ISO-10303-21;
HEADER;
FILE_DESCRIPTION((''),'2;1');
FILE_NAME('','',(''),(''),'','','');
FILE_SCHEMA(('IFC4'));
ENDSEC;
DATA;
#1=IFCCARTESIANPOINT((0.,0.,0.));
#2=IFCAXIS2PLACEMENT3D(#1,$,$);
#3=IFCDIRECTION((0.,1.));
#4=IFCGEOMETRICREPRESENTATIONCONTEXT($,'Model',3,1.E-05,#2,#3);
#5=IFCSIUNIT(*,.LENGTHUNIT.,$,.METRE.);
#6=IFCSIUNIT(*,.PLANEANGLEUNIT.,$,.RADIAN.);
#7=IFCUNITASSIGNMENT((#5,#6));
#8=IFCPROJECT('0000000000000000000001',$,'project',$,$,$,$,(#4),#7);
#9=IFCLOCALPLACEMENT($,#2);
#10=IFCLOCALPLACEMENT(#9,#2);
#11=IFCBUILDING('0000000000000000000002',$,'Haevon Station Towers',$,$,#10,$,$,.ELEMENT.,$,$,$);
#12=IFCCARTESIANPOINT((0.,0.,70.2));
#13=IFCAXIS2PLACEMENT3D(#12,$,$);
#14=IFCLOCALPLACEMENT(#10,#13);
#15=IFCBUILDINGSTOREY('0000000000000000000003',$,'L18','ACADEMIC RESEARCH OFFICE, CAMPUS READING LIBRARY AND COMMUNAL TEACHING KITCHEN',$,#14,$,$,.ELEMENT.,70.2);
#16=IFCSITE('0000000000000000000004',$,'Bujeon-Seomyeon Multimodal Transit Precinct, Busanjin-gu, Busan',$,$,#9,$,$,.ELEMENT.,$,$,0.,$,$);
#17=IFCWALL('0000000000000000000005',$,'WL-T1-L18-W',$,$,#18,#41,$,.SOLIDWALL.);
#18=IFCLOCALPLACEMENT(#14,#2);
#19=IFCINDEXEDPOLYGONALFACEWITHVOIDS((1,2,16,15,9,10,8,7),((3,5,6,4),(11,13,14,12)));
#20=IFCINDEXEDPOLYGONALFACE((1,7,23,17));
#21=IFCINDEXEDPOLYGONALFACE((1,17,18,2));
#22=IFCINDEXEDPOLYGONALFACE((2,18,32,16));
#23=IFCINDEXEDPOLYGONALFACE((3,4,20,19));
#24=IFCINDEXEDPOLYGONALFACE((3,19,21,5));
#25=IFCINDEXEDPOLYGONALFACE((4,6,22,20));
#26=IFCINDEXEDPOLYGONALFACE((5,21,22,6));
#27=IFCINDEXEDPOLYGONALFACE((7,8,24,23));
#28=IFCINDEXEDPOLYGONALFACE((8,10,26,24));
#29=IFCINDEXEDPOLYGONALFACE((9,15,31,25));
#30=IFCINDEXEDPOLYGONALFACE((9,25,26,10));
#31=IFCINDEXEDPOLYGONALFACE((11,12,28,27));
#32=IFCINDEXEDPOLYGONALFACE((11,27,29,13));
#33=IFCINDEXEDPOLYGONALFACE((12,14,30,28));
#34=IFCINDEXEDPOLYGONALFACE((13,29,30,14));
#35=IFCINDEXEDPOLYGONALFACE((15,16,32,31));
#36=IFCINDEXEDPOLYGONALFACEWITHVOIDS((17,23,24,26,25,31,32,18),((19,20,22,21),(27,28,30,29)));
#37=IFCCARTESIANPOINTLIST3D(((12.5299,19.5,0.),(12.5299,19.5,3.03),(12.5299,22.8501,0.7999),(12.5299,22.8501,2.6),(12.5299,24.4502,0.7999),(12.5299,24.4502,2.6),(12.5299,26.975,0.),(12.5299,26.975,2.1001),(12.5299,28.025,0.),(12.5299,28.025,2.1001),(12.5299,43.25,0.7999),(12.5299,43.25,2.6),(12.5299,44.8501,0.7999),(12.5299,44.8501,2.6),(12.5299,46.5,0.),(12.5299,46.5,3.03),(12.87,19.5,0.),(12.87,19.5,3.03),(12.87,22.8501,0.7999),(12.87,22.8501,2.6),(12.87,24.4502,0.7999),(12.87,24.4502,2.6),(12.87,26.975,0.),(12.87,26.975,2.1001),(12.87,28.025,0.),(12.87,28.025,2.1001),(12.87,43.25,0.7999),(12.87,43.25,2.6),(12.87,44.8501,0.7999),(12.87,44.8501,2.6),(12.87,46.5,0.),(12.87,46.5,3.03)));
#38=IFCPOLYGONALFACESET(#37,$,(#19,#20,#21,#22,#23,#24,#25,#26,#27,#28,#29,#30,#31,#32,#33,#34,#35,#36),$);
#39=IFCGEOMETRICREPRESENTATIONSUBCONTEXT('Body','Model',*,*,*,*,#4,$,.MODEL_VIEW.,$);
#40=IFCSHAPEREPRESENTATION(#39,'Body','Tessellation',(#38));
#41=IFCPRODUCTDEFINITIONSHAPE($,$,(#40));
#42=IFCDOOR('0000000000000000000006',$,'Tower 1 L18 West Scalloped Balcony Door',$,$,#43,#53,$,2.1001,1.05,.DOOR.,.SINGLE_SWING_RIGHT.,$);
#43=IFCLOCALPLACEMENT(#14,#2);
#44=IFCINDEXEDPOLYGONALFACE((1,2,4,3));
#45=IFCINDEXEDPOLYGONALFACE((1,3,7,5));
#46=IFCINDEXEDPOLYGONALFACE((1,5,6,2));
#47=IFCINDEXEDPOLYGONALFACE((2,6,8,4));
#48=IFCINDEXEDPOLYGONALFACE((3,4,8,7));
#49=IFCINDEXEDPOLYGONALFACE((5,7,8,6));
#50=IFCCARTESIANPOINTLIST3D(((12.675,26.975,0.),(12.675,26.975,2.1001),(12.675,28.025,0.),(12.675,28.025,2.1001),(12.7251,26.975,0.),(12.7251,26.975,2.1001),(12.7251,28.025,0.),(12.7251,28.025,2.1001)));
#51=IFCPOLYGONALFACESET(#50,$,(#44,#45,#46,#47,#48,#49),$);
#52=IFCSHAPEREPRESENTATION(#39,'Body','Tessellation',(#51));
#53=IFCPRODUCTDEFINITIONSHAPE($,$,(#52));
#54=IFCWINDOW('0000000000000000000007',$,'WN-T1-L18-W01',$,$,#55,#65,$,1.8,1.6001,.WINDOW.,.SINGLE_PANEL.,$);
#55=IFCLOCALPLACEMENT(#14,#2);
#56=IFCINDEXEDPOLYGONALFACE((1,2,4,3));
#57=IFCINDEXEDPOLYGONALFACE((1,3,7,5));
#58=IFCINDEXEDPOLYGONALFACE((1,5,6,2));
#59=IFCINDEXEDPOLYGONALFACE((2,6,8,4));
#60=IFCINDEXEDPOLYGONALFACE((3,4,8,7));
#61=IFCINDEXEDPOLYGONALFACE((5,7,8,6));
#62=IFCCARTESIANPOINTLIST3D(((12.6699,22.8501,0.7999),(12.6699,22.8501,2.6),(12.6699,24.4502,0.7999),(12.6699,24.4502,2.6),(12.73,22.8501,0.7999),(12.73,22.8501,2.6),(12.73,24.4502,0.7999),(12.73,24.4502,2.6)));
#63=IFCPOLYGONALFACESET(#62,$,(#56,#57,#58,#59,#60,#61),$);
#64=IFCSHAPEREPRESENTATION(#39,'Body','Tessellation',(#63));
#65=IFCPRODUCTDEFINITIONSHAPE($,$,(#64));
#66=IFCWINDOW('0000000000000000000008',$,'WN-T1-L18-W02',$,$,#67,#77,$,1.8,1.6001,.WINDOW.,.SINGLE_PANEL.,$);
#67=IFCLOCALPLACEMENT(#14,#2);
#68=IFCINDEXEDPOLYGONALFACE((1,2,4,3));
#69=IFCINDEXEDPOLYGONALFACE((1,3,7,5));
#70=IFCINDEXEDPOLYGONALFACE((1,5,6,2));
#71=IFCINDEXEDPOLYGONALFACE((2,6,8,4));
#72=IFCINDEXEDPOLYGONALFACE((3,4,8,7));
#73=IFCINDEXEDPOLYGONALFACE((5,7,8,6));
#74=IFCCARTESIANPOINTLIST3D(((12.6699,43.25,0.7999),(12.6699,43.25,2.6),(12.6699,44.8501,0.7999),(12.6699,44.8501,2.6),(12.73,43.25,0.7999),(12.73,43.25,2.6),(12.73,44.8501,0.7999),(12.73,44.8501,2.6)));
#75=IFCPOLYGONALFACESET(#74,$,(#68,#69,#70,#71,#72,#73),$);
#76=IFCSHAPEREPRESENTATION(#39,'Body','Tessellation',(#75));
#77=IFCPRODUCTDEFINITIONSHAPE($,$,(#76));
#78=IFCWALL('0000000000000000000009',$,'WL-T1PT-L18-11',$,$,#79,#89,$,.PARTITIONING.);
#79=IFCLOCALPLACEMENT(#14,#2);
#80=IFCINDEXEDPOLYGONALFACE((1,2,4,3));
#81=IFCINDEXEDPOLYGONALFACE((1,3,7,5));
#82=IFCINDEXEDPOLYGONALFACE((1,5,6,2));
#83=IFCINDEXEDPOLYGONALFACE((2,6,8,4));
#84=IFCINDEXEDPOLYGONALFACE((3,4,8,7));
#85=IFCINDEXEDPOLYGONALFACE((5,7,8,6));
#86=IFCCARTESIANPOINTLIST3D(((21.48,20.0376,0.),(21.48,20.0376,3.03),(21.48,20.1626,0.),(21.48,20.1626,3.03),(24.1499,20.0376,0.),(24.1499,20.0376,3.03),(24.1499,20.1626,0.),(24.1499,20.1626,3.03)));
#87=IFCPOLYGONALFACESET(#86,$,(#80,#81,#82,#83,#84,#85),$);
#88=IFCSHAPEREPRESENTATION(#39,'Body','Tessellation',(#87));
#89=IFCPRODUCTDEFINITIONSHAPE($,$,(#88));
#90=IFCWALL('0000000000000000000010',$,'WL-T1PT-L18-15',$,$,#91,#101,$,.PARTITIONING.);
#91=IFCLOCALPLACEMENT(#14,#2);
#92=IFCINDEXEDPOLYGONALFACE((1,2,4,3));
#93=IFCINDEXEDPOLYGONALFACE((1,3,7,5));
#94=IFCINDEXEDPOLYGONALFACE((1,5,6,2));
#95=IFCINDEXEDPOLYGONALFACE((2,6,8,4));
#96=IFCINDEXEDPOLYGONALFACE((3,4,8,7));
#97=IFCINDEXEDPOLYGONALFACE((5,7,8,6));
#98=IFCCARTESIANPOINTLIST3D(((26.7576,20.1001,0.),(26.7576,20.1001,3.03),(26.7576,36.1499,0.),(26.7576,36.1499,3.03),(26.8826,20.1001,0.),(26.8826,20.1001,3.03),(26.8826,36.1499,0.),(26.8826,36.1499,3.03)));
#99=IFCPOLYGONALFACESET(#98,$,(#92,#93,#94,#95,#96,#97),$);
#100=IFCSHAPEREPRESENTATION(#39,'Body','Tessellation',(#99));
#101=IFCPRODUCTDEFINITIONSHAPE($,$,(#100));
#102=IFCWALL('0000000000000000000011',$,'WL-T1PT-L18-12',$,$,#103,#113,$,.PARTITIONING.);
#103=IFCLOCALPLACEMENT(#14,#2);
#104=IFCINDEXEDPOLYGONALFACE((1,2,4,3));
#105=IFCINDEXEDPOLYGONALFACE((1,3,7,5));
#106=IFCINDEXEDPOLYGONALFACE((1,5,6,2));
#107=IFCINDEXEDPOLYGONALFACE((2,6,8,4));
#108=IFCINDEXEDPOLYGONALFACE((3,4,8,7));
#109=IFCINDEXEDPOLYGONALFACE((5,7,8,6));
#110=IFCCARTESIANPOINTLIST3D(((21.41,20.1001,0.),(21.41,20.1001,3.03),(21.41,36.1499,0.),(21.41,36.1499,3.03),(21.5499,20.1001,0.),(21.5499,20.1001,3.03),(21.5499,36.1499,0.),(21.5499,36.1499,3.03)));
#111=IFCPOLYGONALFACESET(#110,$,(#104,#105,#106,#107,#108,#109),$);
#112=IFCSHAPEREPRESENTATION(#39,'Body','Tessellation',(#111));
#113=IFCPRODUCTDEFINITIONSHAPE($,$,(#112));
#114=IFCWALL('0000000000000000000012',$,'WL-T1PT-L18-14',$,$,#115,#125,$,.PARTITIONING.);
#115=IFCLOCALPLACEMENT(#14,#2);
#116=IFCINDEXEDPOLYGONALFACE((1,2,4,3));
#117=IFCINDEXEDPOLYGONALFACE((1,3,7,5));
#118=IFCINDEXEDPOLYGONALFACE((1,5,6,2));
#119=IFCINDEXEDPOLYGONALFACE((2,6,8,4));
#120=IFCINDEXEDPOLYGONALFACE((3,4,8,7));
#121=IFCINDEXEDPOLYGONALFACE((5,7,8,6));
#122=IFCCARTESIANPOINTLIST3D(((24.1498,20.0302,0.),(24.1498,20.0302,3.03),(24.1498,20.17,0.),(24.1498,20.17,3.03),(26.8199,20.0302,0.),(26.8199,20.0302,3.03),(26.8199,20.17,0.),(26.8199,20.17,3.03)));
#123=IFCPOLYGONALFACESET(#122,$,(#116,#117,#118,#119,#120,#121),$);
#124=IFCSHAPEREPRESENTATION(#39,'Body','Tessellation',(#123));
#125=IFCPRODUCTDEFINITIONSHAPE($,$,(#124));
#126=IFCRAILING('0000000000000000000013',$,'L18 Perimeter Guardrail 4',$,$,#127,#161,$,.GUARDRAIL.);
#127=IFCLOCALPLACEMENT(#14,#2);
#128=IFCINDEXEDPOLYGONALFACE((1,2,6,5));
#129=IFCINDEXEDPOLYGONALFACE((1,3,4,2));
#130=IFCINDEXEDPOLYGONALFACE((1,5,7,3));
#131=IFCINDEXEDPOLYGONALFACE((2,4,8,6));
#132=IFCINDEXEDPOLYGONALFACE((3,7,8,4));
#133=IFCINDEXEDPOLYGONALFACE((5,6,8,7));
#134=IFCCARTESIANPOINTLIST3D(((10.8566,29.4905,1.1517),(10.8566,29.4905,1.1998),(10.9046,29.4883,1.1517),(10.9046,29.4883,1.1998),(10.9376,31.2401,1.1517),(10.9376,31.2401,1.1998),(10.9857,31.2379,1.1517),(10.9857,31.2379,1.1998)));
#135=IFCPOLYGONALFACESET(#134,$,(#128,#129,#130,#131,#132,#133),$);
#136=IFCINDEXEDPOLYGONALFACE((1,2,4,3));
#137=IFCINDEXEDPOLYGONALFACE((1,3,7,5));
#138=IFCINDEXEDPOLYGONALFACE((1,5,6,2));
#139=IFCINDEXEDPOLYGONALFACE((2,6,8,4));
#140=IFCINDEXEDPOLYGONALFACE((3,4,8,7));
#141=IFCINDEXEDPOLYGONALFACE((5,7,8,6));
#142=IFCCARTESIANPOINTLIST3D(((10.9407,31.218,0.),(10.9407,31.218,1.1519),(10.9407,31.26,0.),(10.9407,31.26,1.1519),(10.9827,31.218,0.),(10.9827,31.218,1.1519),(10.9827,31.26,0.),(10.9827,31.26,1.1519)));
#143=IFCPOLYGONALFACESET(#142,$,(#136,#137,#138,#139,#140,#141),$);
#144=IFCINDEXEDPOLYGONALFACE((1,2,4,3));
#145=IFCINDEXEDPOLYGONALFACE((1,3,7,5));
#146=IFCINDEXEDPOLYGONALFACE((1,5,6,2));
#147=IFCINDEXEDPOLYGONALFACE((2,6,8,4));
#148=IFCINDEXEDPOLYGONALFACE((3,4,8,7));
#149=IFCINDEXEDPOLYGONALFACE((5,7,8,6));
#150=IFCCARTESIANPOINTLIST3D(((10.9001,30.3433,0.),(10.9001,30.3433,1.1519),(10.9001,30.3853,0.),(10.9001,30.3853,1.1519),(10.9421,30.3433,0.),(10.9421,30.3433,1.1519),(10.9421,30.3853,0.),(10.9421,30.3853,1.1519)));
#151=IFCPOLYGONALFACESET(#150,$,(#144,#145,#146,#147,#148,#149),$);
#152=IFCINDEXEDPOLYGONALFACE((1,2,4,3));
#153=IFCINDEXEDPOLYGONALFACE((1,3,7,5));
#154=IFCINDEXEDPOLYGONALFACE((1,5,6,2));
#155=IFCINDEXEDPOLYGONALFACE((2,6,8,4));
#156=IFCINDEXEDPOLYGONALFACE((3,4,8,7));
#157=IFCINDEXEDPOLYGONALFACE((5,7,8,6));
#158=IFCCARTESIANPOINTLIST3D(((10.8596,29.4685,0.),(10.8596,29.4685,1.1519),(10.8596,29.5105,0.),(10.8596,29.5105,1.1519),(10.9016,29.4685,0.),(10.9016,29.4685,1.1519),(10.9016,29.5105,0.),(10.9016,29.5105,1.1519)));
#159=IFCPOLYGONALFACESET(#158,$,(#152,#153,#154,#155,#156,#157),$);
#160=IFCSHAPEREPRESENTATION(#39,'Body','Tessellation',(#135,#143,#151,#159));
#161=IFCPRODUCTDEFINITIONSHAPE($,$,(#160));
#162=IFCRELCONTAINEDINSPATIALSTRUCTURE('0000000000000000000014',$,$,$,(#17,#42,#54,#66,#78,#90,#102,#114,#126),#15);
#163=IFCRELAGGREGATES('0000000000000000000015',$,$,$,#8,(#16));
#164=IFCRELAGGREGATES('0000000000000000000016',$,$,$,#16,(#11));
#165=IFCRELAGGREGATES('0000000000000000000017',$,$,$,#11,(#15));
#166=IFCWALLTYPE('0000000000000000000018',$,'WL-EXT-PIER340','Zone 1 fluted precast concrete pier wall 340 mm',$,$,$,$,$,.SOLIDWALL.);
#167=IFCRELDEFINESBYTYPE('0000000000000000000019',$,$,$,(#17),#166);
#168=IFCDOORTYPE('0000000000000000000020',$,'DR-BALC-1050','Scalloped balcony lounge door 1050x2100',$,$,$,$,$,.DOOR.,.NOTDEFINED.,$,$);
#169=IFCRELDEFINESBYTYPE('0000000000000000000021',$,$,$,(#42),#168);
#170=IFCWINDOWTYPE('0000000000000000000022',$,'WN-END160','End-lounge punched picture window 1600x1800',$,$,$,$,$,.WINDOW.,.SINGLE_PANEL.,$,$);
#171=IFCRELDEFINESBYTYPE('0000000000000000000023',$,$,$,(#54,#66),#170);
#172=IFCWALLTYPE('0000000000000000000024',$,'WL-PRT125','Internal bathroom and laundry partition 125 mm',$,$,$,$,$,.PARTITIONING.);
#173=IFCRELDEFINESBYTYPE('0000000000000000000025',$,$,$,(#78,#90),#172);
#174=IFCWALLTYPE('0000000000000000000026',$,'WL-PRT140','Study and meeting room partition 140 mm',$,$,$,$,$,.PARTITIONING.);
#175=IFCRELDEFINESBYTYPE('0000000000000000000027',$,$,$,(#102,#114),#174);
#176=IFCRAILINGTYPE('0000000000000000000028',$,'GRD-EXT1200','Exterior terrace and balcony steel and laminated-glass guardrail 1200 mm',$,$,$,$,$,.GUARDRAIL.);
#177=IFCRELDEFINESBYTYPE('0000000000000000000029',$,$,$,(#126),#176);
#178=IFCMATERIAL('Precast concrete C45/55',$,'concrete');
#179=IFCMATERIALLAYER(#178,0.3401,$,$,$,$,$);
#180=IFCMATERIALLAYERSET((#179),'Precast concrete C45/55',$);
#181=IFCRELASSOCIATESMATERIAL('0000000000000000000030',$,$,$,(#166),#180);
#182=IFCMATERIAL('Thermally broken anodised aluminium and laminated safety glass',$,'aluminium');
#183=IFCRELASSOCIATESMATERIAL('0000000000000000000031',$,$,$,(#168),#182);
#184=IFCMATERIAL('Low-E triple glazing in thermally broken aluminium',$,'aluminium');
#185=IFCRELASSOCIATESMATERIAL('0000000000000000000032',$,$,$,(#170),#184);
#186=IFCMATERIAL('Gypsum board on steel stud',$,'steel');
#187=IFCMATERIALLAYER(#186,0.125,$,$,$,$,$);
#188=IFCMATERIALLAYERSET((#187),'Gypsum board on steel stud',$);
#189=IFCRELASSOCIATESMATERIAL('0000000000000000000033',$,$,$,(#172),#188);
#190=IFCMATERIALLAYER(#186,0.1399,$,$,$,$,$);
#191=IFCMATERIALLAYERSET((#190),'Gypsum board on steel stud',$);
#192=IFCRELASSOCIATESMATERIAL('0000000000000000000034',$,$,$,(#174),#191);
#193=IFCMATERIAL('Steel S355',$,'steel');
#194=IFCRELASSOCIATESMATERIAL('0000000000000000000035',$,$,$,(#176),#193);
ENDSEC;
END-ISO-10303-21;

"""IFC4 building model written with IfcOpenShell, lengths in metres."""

from ifc_helpers import new_model, si_unit, direction, frame, frame_2d, origin, origin_2d, place, context, subcontext, project, spatial, rectangle, extrude, material, layer, layer_set, type_object, element, fill, save


model = new_model("IFC4")

# Units and contexts
model_context = context("Model", 3, precision=1e-05, world=origin(), true_north=direction((0.0, 1.0)))
body_context = subcontext(model_context, "Body", "Model", "MODEL_VIEW")
ifc_project = project(units=[si_unit("LENGTHUNIT", "METRE"), si_unit("PLANEANGLEUNIT", "RADIAN")], contexts=[model_context])

# Site, building, storey
site_placement = place(None, origin())
site = spatial("IfcSite", under=ifc_project, at=site_placement, Name="Bujeon-Seomyeon Multimodal Transit Precinct, Busanjin-gu, Busan", CompositionType="ELEMENT", RefElevation=0.0)
building_placement = place(site_placement, origin())
building = spatial("IfcBuilding", under=site, at=building_placement, Name="Haevon Station Towers", CompositionType="ELEMENT")
storey_placement = place(building_placement, frame((0.0, 0.0, 70.2)))
storey = spatial("IfcBuildingStorey", under=building, at=storey_placement, Name="L18", Description="ACADEMIC RESEARCH OFFICE, CAMPUS READING LIBRARY AND COMMUNAL TEACHING KITCHEN", CompositionType="ELEMENT", Elevation=70.2)

# Shared definitions
ifc_material_1 = material(Name="Steel S355", Category="steel")

# Wall, openings, door, windows
ifc_material_2 = material(Name="Precast concrete C45/55", Category="concrete")
ifc_layer_1 = layer(ifc_material_2, 0.3401)
ifc_layer_set_1 = layer_set([ifc_layer_1], Name="Precast concrete C45/55")
wall_type_1 = type_object("IfcWallType", Name="WL-EXT-PIER340", Description="Zone 1 fluted precast concrete pier wall 340 mm", PredefinedType="SOLIDWALL", material=ifc_layer_set_1)
wall_1_placement = place(storey_placement, frame((12.7, 19.5, 0.0), z_axis=(0.0, 0.0, 1.0), x_axis=(0.0, 1.0, 0.0)))
wall_1 = element("IfcWall", 1, at=wall_1_placement, inside=storey, type_object=wall_type_1, Name="WL-T1-L18-W", PredefinedType="SOLIDWALL", context=body_context, shape_type="SweptSolid", body=[
    extrude(rectangle(XDim=27.0, YDim=0.3401, at=frame_2d((13.5, 0.0))), origin(), (0.0, 0.0, 1.0), 3.03),
])
opening_1_placement = place(wall_1_placement, frame((7.4751, 0.0, 0.0)))
opening_1 = element("IfcOpeningElement", 2, at=opening_1_placement, cuts=wall_1, PredefinedType="OPENING", context=body_context, shape_type="SweptSolid", body=[
    extrude(rectangle(XDim=1.05, YDim=2.1001, at=frame_2d((0.5249, 1.05))), frame((0.0, 0.1799, 0.0), z_axis=(0.0, -1.0, 0.0), x_axis=(1.0, 0.0, 0.0)), (0.0, 0.0, 1.0), 0.3601),
])
opening_2_placement = place(wall_1_placement, frame((3.3501, 0.0, 0.8)))
opening_2 = element("IfcOpeningElement", 3, at=opening_2_placement, cuts=wall_1, PredefinedType="OPENING", context=body_context, shape_type="SweptSolid", body=[
    extrude(rectangle(XDim=1.6001, YDim=1.8, at=frame_2d((0.8, 0.8999))), frame((0.0, 0.1799, 0.0), z_axis=(0.0, -1.0, 0.0), x_axis=(1.0, 0.0, 0.0)), (0.0, 0.0, 1.0), 0.3601),
])
opening_3_placement = place(wall_1_placement, frame((23.75, 0.0, 0.8)))
opening_3 = element("IfcOpeningElement", 4, at=opening_3_placement, cuts=wall_1, PredefinedType="OPENING", context=body_context, shape_type="SweptSolid", body=[
    extrude(rectangle(XDim=1.6001, YDim=1.8, at=frame_2d((0.8, 0.8999))), frame((0.0, 0.1799, 0.0), z_axis=(0.0, -1.0, 0.0), x_axis=(1.0, 0.0, 0.0)), (0.0, 0.0, 1.0), 0.3601),
])
ifc_material_3 = material(Name="Thermally broken anodised aluminium and laminated safety glass", Category="aluminium")
door_type = type_object("IfcDoorType", Name="DR-BALC-1050", Description="Scalloped balcony lounge door 1050x2100", OperationType="NOTDEFINED", PredefinedType="DOOR", material=ifc_material_3)
door_placement = place(opening_1_placement, origin())
door = element("IfcDoor", 5, at=door_placement, inside=storey, type_object=door_type, Name="Tower 1 L18 West Scalloped Balcony Door", OperationType="SINGLE_SWING_RIGHT", OverallHeight=2.1001, OverallWidth=1.05, PredefinedType="DOOR", context=body_context, shape_type="SweptSolid", body=[
    extrude(rectangle(XDim=1.05, YDim=2.1001, at=frame_2d((0.5249, 1.05))), frame((0.0, 0.0249, 0.0), z_axis=(0.0, -1.0, 0.0), x_axis=(1.0, 0.0, 0.0)), (0.0, 0.0, 1.0), 0.05),
])
fill(opening_1, door)
ifc_material_4 = material(Name="Low-E triple glazing in thermally broken aluminium", Category="aluminium")
window_type = type_object("IfcWindowType", Name="WN-END160", Description="End-lounge punched picture window 1600x1800", PartitioningType="SINGLE_PANEL", PredefinedType="WINDOW", material=ifc_material_4)
window_1_placement = place(opening_2_placement, origin())
window_1 = element("IfcWindow", 6, at=window_1_placement, inside=storey, type_object=window_type, Name="WN-T1-L18-W01", OverallHeight=1.8, OverallWidth=1.6001, PartitioningType="SINGLE_PANEL", PredefinedType="WINDOW", context=body_context, shape_type="SweptSolid", body=[
    extrude(rectangle(XDim=1.6001, YDim=1.8, at=frame_2d((0.8, 0.8999))), frame((0.0, 0.03, 0.0), z_axis=(0.0, -1.0, 0.0), x_axis=(1.0, 0.0, 0.0)), (0.0, 0.0, 1.0), 0.0601),
])
fill(opening_2, window_1)
window_2_placement = place(opening_3_placement, origin())
window_2 = element("IfcWindow", 7, at=window_2_placement, inside=storey, type_object=window_type, Name="WN-T1-L18-W02", OverallHeight=1.8, OverallWidth=1.6001, PartitioningType="SINGLE_PANEL", PredefinedType="WINDOW", context=body_context, shape_type="SweptSolid", body=[
    extrude(rectangle(XDim=1.6001, YDim=1.8, at=frame_2d((0.8, 0.8999))), frame((0.0, 0.03, 0.0), z_axis=(0.0, -1.0, 0.0), x_axis=(1.0, 0.0, 0.0)), (0.0, 0.0, 1.0), 0.0601),
])
fill(opening_3, window_2)

# Walls
ifc_material_5 = material(Name="Gypsum board on steel stud", Category="steel")
ifc_layer_2 = layer(ifc_material_5, 0.125)
ifc_layer_set_2 = layer_set([ifc_layer_2], Name="Gypsum board on steel stud")
wall_type_2 = type_object("IfcWallType", Name="WL-PRT125", Description="Internal bathroom and laundry partition 125 mm", PredefinedType="PARTITIONING", material=ifc_layer_set_2)
wall_2_placement = place(storey_placement, frame((21.48, 20.1001, 0.0), z_axis=(0.0, 0.0, 1.0), x_axis=(1.0, 0.0, 0.0)))
element("IfcWall", 8, at=wall_2_placement, inside=storey, type_object=wall_type_2, Name="WL-T1PT-L18-11", PredefinedType="PARTITIONING", context=body_context, shape_type="SweptSolid", body=[
    extrude(rectangle(XDim=2.6699, YDim=0.125, at=frame_2d((1.335, 0.0))), origin(), (0.0, 0.0, 1.0), 3.03),
])
wall_3_placement = place(storey_placement, frame((26.8201, 20.1001, 0.0), z_axis=(0.0, 0.0, 1.0), x_axis=(0.0, 1.0, 0.0)))
element("IfcWall", 9, at=wall_3_placement, inside=storey, type_object=wall_type_2, Name="WL-T1PT-L18-15", PredefinedType="PARTITIONING", context=body_context, shape_type="SweptSolid", body=[
    extrude(rectangle(XDim=16.0498, YDim=0.125, at=frame_2d((8.0249, 0.0))), origin(), (0.0, 0.0, 1.0), 3.03),
])
ifc_layer_3 = layer(ifc_material_5, 0.1399)
ifc_layer_set_3 = layer_set([ifc_layer_3], Name="Gypsum board on steel stud")
wall_type_3 = type_object("IfcWallType", Name="WL-PRT140", Description="Study and meeting room partition 140 mm", PredefinedType="PARTITIONING", material=ifc_layer_set_3)
wall_4_placement = place(storey_placement, frame((21.48, 20.1001, 0.0), z_axis=(0.0, 0.0, 1.0), x_axis=(0.0, 1.0, 0.0)))
element("IfcWall", 10, at=wall_4_placement, inside=storey, type_object=wall_type_3, Name="WL-T1PT-L18-12", PredefinedType="PARTITIONING", context=body_context, shape_type="SweptSolid", body=[
    extrude(rectangle(XDim=16.0498, YDim=0.1399, at=frame_2d((8.0249, 0.0))), origin(), (0.0, 0.0, 1.0), 3.03),
])
wall_5_placement = place(storey_placement, frame((24.1499, 20.1001, 0.0), z_axis=(0.0, 0.0, 1.0), x_axis=(1.0, 0.0, 0.0)))
element("IfcWall", 11, at=wall_5_placement, inside=storey, type_object=wall_type_3, Name="WL-T1PT-L18-14", PredefinedType="PARTITIONING", context=body_context, shape_type="SweptSolid", body=[
    extrude(rectangle(XDim=2.6702, YDim=0.1399, at=frame_2d((1.335, 0.0))), origin(), (0.0, 0.0, 1.0), 3.03),
])

# Railing
railing_type = type_object("IfcRailingType", Name="GRD-EXT1200", Description="Exterior terrace and balcony steel and laminated-glass guardrail 1200 mm", PredefinedType="GUARDRAIL", material=ifc_material_1)
railing_1_placement = place(storey_placement, frame((10.9617, 31.239, 0.0)))
element("IfcRailing", 12, at=railing_1_placement, inside=storey, type_object=railing_type, Name="L18 Perimeter Guardrail 4", PredefinedType="GUARDRAIL", context=body_context, shape_type="SweptSolid", body=[
    extrude(rectangle(XDim=0.0481, YDim=0.0481, at=origin_2d()), frame((0.0, 0.0, 1.1758), z_axis=(-0.04628, -0.998928, 0.0), x_axis=(0.998928, -0.04628, 0.0)), (0.0, 0.0, 1.0), 1.7515),
    extrude(rectangle(XDim=0.042, YDim=0.042, at=origin_2d()), origin(), (0.0, 0.0, 1.0), 1.1519),
    extrude(rectangle(XDim=0.042, YDim=0.042, at=origin_2d()), frame((-0.0405, -0.8748, 0.0)), (0.0, 0.0, 1.0), 1.1519),
    extrude(rectangle(XDim=0.042, YDim=0.042, at=origin_2d()), frame((-0.0811, -1.7495, 0.0)), (0.0, 0.0, 1.0), 1.1519),
])

save(model, "model.ifc")
